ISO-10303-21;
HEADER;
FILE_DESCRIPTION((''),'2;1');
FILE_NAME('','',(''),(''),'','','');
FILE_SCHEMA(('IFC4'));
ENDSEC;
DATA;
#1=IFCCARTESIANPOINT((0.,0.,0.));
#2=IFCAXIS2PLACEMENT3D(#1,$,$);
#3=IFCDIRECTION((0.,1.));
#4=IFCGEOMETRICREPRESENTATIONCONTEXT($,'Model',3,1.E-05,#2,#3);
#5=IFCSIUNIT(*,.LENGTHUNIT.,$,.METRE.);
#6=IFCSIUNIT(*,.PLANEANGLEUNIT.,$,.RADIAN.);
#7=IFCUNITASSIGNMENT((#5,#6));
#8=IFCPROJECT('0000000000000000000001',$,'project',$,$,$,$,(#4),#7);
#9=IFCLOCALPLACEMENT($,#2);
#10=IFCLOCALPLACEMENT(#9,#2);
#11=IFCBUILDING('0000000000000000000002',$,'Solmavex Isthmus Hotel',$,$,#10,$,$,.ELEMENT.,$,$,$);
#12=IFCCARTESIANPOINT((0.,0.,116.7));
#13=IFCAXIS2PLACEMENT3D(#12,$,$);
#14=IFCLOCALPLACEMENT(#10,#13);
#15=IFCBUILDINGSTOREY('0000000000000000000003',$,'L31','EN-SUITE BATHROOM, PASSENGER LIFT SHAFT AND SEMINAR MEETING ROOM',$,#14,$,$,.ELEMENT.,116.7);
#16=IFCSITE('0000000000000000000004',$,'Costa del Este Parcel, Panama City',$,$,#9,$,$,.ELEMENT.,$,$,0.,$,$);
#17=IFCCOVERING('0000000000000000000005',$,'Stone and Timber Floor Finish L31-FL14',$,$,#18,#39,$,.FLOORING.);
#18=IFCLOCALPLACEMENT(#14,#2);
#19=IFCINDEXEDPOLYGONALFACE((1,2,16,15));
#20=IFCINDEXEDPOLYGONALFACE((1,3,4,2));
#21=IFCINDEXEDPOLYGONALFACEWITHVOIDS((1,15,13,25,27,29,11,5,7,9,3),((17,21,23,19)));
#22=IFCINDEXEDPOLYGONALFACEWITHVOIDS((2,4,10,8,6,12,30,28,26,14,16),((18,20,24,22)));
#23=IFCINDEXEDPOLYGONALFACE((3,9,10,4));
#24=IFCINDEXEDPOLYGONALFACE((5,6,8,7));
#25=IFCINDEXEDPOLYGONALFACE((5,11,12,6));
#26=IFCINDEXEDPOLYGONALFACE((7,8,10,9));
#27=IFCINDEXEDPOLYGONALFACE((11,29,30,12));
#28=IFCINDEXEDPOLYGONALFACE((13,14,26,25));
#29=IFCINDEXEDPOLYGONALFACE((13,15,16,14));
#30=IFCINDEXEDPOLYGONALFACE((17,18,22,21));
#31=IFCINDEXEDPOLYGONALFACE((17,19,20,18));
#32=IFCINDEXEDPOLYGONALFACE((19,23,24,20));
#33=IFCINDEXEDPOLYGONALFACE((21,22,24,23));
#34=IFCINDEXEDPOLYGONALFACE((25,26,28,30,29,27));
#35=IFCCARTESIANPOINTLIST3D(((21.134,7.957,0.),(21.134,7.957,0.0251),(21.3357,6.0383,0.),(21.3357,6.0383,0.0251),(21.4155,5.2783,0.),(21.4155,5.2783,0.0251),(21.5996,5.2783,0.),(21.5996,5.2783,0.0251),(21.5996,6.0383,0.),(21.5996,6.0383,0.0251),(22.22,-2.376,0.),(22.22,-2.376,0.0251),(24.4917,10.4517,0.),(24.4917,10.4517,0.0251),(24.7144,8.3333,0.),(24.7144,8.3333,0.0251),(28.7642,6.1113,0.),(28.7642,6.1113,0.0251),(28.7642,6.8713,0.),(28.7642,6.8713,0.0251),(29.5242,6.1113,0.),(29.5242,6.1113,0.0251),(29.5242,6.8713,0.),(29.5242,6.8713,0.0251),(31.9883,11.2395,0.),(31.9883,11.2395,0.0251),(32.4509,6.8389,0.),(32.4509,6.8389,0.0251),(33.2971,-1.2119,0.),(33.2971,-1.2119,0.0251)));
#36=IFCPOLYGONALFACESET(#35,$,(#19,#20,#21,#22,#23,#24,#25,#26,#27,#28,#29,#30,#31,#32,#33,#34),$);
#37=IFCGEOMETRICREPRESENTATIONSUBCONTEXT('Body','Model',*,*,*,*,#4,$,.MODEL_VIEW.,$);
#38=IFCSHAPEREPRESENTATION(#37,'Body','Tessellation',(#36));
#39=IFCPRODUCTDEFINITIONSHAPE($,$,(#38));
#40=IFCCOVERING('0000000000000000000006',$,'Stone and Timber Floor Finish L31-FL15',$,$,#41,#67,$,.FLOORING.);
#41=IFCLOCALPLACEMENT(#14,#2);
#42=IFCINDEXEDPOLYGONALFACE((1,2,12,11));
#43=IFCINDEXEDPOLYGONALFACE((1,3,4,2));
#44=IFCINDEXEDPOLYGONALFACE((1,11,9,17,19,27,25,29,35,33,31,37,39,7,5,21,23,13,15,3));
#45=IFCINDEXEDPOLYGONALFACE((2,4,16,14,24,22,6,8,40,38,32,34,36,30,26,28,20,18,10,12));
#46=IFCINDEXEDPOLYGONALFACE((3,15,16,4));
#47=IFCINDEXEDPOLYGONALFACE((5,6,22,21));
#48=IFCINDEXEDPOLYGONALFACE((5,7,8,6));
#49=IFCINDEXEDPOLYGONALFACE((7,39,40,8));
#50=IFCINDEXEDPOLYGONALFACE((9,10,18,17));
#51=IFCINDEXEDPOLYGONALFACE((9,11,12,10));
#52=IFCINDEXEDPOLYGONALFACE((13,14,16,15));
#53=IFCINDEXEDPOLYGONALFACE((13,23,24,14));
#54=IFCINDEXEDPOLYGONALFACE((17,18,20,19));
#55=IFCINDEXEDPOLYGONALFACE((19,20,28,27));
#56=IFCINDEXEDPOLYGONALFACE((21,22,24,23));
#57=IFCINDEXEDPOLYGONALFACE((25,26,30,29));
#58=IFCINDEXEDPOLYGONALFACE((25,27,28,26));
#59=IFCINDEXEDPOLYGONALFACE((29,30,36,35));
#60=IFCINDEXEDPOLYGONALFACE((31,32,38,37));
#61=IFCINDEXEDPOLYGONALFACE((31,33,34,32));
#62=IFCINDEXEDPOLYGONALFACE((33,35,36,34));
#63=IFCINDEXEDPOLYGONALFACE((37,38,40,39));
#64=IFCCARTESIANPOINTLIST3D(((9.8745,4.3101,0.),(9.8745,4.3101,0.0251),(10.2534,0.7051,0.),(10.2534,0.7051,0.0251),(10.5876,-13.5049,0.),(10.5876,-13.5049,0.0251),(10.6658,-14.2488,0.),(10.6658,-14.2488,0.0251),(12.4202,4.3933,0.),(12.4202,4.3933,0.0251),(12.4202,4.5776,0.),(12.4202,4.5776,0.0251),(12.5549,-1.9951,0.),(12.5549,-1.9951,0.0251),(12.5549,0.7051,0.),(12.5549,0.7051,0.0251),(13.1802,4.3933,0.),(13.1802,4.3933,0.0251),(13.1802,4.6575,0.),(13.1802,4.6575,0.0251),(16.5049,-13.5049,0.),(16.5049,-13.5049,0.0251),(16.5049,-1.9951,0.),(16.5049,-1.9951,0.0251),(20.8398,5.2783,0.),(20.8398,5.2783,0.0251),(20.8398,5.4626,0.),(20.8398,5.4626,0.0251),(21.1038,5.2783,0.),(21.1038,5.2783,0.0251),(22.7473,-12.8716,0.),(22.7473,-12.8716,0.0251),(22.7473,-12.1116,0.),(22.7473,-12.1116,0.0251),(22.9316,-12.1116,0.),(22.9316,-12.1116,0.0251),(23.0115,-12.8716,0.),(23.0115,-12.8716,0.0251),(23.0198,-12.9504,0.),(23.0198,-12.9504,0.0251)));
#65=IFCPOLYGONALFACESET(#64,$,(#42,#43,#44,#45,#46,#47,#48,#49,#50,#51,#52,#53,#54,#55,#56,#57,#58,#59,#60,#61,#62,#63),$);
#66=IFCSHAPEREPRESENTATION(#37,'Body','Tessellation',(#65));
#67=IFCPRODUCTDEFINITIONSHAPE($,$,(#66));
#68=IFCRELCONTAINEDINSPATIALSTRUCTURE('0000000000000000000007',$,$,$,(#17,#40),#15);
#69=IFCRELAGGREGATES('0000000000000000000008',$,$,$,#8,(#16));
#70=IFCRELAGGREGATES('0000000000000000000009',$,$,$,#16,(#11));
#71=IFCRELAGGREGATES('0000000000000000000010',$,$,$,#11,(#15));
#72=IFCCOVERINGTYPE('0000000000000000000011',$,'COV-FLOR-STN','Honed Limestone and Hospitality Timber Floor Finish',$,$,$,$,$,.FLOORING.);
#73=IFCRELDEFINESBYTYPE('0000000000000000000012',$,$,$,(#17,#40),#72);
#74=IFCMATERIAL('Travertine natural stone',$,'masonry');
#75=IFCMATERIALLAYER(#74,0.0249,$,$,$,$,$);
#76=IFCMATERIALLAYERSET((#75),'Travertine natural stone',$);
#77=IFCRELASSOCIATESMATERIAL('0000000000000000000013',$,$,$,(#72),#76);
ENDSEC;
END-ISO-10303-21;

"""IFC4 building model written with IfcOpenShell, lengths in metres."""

from ifc_helpers import new_model, si_unit, direction, frame, origin, place, context, subcontext, project, spatial, polyline, outline, extrude, material, layer, layer_set, type_object, element, save


model = new_model("IFC4")

# Units and contexts
model_context = context("Model", 3, precision=1e-05, world=origin(), true_north=direction((0.0, 1.0)))
body_context = subcontext(model_context, "Body", "Model", "MODEL_VIEW")
ifc_project = project(units=[si_unit("LENGTHUNIT", "METRE"), si_unit("PLANEANGLEUNIT", "RADIAN")], contexts=[model_context])

# Site, building, storey
site_placement = place(None, origin())
site = spatial("IfcSite", under=ifc_project, at=site_placement, Name="Costa del Este Parcel, Panama City", CompositionType="ELEMENT", RefElevation=0.0)
building_placement = place(site_placement, origin())
building = spatial("IfcBuilding", under=site, at=building_placement, Name="Solmavex Isthmus Hotel", CompositionType="ELEMENT")
storey_placement = place(building_placement, frame((0.0, 0.0, 116.7)))
storey = spatial("IfcBuildingStorey", under=building, at=storey_placement, Name="L31", Description="EN-SUITE BATHROOM, PASSENGER LIFT SHAFT AND SEMINAR MEETING ROOM", CompositionType="ELEMENT", Elevation=116.7)

# Coverings
ifc_material_1 = material(Name="Travertine natural stone", Category="masonry")
ifc_layer_1 = layer(ifc_material_1, 0.0249)
ifc_layer_set_1 = layer_set([ifc_layer_1], Name="Travertine natural stone")
covering_type_1 = type_object("IfcCoveringType", Name="COV-FLOR-STN", Description="Honed Limestone and Hospitality Timber Floor Finish", PredefinedType="FLOORING", material=ifc_layer_set_1)
covering_1_placement = place(storey_placement, origin())
element("IfcCovering", 1, at=covering_1_placement, inside=storey, type_object=covering_type_1, Name="Stone and Timber Floor Finish L31-FL14", PredefinedType="FLOORING", context=body_context, shape_type="SweptSolid", body=[
    extrude(outline(polyline([(21.3357, 6.0383), (21.5996, 6.0383), (21.5996, 5.2783), (21.4155, 5.2783), (22.22, -2.376), (33.2971, -1.2119), (32.4509, 6.8389), (31.9883, 11.2395), (24.4917, 10.4517), (24.7144, 8.3333), (21.134, 7.957), (21.3357, 6.0383)]), holes=[polyline([(28.7642, 6.1113), (28.7642, 6.8713), (29.5242, 6.8713), (29.5242, 6.1113), (28.7642, 6.1113)])]), origin(), (0.0, 0.0, 1.0), 0.0251),
])
covering_2_placement = place(storey_placement, origin())
element("IfcCovering", 2, at=covering_2_placement, inside=storey, type_object=covering_type_1, Name="Stone and Timber Floor Finish L31-FL15", PredefinedType="FLOORING", context=body_context, shape_type="SweptSolid", body=[
    extrude(outline(polyline([(13.1802, 4.6575), (13.1802, 4.3933), (12.4202, 4.3933), (12.4202, 4.5776), (9.8745, 4.3101), (10.2534, 0.7051), (12.5549, 0.7051), (12.5549, -1.9951), (16.5049, -1.9951), (16.5049, -13.5049), (10.5876, -13.5049), (10.6658, -14.2488), (23.0198, -12.9504), (23.0115, -12.8716), (22.7473, -12.8716), (22.7473, -12.1116), (22.9316, -12.1116), (21.1038, 5.2783), (20.8398, 5.2783), (20.8398, 5.4626), (13.1802, 4.6575)])), origin(), (0.0, 0.0, 1.0), 0.0251),
])

save(model, "model.ifc")
